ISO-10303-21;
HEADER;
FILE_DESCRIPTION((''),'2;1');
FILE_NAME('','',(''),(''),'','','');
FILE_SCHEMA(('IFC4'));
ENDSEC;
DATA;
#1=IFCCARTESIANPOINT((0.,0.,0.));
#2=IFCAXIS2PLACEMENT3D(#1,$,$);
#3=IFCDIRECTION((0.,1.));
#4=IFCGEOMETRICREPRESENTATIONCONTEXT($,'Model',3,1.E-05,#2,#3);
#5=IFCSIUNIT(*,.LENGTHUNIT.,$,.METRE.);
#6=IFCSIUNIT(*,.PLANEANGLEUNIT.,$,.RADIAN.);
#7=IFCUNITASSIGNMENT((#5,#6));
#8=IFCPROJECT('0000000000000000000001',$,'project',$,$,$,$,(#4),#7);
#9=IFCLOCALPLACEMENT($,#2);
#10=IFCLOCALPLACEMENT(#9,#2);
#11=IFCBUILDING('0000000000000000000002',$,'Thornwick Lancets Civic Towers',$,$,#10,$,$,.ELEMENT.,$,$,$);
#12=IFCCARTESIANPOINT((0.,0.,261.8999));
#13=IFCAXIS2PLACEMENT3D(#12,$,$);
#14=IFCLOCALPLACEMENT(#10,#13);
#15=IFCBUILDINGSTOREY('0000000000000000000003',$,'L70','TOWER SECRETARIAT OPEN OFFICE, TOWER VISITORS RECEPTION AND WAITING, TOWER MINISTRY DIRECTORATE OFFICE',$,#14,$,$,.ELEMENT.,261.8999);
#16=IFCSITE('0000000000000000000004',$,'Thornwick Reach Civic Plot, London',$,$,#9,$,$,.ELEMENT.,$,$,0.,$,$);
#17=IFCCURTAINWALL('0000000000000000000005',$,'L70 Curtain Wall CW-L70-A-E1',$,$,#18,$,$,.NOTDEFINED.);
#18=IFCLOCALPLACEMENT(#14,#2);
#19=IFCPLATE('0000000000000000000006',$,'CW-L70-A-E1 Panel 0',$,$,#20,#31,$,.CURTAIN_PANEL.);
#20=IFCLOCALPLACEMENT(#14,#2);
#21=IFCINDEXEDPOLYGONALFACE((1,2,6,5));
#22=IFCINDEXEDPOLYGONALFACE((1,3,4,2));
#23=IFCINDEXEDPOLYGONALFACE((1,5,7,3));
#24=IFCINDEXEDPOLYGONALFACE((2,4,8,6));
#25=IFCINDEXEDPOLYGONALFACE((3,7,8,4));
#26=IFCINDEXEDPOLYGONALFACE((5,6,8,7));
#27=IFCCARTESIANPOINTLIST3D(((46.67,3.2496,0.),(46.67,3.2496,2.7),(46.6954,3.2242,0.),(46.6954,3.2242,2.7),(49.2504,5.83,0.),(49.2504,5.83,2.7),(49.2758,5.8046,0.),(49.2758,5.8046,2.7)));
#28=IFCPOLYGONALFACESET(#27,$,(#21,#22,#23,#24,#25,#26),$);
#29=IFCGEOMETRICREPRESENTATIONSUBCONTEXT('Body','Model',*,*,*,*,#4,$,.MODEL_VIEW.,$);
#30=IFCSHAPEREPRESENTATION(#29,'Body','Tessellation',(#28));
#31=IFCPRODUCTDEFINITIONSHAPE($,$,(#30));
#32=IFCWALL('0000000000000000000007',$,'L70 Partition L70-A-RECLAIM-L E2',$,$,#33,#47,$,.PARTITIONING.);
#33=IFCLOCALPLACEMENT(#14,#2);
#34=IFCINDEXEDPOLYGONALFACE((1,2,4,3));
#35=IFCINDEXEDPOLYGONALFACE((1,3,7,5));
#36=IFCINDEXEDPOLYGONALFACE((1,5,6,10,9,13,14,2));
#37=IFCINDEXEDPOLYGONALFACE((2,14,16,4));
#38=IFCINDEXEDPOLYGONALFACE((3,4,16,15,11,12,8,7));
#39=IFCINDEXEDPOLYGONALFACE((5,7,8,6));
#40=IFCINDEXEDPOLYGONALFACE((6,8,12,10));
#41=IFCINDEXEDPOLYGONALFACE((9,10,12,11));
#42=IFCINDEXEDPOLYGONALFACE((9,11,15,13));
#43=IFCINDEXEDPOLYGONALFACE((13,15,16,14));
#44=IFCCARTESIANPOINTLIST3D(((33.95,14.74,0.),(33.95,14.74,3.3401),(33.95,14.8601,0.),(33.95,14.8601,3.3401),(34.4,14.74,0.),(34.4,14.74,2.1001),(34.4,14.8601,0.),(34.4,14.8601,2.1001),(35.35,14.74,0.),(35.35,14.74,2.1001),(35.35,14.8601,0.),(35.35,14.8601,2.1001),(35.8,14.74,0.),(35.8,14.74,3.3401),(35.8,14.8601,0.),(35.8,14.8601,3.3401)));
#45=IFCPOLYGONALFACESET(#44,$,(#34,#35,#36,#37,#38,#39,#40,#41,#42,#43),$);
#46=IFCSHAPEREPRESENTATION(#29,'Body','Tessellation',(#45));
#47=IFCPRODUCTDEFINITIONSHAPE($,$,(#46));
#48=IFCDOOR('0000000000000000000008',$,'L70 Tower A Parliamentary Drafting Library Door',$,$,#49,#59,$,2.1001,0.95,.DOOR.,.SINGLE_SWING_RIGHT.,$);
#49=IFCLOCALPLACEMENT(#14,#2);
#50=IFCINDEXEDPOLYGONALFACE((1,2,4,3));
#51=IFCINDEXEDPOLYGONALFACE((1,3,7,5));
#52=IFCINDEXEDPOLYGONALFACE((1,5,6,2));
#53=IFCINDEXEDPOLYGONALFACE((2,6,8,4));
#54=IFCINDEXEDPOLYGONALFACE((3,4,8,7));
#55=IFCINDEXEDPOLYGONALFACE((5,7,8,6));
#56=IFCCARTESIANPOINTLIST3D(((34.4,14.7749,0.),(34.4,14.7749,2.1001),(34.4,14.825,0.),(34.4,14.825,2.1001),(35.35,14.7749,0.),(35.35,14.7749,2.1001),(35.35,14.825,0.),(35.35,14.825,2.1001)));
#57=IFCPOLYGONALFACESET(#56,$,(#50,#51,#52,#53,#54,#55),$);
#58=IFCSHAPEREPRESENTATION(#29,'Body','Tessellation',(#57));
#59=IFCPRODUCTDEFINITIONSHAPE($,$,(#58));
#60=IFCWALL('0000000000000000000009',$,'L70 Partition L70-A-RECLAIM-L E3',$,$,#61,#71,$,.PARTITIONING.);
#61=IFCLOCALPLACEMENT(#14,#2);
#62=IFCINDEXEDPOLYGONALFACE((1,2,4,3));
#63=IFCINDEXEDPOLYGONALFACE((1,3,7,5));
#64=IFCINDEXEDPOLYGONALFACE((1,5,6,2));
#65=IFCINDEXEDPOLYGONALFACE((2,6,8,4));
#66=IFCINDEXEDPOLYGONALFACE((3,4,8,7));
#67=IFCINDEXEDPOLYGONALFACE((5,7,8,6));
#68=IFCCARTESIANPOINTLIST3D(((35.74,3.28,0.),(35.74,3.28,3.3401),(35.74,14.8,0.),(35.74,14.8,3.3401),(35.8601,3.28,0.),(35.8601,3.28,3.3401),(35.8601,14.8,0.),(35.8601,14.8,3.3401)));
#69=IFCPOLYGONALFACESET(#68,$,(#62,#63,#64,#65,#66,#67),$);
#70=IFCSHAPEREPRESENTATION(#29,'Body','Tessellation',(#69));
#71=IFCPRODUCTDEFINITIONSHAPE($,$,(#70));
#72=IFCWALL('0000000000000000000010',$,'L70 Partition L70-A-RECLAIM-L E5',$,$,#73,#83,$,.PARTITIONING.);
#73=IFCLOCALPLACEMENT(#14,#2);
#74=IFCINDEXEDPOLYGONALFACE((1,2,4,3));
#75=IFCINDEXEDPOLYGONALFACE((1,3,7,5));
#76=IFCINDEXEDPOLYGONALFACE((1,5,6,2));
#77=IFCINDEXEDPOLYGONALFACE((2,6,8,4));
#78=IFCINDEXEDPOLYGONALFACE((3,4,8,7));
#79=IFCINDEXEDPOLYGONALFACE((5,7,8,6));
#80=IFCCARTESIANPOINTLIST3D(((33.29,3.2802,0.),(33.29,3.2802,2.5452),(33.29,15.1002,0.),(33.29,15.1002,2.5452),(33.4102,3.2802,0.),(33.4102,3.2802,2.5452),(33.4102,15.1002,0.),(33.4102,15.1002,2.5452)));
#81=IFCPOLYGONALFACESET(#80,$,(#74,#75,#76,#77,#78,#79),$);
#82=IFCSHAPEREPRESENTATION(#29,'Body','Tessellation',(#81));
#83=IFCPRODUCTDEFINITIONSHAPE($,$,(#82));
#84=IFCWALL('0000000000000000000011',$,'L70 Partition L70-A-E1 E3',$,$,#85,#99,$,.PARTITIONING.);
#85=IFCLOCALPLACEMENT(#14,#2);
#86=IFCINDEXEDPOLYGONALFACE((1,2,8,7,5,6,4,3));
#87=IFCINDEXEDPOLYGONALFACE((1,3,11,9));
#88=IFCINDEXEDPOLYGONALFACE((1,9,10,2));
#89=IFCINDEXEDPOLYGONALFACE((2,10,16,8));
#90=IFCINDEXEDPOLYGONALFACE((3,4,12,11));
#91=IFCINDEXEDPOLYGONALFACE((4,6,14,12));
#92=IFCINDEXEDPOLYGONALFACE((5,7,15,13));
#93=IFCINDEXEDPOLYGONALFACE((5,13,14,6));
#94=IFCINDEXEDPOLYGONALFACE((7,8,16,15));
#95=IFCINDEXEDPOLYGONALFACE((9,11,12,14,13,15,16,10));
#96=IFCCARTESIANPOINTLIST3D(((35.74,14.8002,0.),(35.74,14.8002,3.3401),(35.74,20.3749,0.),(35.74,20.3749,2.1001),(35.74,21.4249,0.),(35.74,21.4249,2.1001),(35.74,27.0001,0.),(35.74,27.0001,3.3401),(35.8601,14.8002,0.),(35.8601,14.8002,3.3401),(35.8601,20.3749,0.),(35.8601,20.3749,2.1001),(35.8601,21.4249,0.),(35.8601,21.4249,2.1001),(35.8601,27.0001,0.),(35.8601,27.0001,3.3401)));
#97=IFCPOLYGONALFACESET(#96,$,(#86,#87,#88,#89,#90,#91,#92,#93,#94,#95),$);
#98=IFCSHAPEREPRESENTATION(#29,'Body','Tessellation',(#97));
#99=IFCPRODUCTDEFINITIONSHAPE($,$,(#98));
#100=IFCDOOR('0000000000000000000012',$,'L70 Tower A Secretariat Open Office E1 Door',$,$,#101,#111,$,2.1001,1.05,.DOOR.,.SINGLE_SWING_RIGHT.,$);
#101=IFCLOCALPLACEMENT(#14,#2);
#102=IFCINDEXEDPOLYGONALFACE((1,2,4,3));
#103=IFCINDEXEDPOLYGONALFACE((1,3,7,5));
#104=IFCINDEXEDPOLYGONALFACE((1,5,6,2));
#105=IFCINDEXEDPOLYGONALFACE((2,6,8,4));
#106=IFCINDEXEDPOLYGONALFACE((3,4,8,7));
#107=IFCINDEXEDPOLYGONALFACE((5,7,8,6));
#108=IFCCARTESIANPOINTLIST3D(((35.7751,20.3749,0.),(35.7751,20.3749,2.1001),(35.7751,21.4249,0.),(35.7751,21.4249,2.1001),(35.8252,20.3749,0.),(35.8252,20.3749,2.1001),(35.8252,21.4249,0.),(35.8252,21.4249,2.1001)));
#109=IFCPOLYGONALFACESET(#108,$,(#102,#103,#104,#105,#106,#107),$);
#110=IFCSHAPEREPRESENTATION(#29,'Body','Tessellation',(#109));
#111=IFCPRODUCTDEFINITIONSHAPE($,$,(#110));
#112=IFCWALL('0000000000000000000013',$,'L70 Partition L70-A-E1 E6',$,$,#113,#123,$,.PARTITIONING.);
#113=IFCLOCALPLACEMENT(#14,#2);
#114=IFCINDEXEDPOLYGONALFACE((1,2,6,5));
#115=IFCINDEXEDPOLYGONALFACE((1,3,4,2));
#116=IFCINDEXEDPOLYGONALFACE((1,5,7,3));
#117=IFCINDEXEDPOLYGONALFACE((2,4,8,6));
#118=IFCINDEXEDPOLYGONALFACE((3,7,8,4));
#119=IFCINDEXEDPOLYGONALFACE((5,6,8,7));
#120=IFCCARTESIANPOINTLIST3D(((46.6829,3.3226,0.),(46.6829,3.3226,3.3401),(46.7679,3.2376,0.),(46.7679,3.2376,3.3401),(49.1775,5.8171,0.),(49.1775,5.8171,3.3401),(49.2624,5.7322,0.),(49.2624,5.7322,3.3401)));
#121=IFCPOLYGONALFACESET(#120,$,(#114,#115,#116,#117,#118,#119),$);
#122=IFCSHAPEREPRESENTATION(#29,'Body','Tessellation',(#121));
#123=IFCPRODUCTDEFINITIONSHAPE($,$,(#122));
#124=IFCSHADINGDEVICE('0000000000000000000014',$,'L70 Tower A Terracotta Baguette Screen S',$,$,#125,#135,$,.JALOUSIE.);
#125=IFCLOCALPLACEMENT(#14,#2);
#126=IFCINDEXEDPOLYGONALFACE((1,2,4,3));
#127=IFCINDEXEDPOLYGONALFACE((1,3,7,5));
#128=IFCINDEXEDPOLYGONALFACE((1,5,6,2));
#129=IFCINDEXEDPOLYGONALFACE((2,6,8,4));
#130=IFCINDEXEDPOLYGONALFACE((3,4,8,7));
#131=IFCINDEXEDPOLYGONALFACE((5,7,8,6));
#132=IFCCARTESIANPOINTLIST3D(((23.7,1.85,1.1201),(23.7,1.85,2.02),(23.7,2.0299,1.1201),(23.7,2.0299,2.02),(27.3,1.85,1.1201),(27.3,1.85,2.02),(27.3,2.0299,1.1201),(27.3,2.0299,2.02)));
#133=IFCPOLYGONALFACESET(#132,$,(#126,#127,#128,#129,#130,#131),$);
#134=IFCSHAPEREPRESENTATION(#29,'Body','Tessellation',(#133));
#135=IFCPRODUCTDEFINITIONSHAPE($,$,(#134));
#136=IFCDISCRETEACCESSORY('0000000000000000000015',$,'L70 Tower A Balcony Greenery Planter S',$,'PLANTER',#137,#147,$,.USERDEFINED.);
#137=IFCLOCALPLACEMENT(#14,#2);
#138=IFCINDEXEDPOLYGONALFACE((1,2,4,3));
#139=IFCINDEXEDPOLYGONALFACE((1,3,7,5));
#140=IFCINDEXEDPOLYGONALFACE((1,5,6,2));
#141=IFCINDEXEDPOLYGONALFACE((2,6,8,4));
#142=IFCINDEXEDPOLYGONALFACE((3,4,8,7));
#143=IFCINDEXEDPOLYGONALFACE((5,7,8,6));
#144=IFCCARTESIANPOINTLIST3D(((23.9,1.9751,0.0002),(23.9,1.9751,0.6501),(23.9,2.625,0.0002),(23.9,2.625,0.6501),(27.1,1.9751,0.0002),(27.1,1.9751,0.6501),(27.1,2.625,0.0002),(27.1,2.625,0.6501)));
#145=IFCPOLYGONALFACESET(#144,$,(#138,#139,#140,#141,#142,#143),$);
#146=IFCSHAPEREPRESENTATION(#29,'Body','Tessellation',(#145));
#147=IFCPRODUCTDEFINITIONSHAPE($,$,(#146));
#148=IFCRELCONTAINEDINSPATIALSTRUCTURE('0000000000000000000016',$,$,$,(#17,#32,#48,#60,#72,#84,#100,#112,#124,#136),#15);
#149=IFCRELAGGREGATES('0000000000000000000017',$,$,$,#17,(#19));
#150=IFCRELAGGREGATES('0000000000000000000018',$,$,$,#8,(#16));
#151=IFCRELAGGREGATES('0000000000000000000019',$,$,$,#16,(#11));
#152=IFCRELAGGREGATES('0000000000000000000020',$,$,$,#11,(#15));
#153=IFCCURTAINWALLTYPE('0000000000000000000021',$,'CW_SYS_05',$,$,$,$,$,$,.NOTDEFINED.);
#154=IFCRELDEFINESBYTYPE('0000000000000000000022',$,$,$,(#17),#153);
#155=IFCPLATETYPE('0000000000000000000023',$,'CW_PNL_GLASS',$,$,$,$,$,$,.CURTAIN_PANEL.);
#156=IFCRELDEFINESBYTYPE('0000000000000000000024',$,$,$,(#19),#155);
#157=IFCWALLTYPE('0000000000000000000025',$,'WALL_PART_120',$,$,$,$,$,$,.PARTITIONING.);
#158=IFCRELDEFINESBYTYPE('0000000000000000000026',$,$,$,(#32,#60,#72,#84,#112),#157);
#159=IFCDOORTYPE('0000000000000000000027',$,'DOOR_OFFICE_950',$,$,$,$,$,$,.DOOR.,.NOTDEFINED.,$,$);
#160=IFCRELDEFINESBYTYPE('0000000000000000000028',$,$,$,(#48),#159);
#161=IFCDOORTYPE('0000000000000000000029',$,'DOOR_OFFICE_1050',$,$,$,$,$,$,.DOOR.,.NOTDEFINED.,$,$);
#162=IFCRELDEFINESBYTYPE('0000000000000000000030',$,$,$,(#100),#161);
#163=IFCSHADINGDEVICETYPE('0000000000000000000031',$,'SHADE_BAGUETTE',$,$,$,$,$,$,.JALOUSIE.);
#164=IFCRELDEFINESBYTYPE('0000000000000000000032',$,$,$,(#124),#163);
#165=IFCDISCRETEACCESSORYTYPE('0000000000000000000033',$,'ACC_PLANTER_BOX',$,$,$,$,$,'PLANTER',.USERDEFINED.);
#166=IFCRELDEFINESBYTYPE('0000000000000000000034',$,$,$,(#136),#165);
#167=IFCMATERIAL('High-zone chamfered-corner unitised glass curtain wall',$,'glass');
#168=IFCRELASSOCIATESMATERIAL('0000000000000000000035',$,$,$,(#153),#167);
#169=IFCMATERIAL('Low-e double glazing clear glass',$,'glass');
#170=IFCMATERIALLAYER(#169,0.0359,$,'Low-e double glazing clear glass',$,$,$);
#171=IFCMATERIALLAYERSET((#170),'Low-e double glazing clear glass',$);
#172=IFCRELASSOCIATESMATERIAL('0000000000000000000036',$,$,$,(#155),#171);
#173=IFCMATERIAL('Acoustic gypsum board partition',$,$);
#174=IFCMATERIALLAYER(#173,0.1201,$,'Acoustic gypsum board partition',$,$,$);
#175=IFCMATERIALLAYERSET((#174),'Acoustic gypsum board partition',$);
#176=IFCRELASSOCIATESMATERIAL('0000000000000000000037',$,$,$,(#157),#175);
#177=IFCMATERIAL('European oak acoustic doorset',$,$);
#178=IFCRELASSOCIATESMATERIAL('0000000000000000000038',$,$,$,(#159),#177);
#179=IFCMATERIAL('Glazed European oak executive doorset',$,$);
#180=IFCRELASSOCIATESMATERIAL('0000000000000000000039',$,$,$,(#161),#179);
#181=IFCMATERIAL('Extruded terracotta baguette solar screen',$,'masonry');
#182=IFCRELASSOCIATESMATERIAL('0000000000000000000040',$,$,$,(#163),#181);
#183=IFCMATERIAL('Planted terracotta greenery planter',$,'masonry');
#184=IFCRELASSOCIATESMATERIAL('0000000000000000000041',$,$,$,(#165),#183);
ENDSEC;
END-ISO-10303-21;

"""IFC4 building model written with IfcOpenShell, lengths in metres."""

from ifc_helpers import new_model, si_unit, direction, frame, frame_2d, origin, origin_2d, place, context, subcontext, project, spatial, rectangle, extrude, material, layer, layer_set, type_object, element, fill, aggregate, save


model = new_model("IFC4")

# Units and contexts
model_context = context("Model", 3, precision=1e-05, world=origin(), true_north=direction((0.0, 1.0)))
body_context = subcontext(model_context, "Body", "Model", "MODEL_VIEW")
ifc_project = project(units=[si_unit("LENGTHUNIT", "METRE"), si_unit("PLANEANGLEUNIT", "RADIAN")], contexts=[model_context])

# Site, building, storey
site_placement = place(None, origin())
site = spatial("IfcSite", under=ifc_project, at=site_placement, Name="Thornwick Reach Civic Plot, London", CompositionType="ELEMENT", RefElevation=0.0)
building_placement = place(site_placement, origin())
building = spatial("IfcBuilding", under=site, at=building_placement, Name="Thornwick Lancets Civic Towers", CompositionType="ELEMENT")
storey_placement = place(building_placement, frame((0.0, 0.0, 261.8999)))
storey = spatial("IfcBuildingStorey", under=building, at=storey_placement, Name="L70", Description="TOWER SECRETARIAT OPEN OFFICE, TOWER VISITORS RECEPTION AND WAITING, TOWER MINISTRY DIRECTORATE OFFICE", CompositionType="ELEMENT", Elevation=261.8999)

# Curtain wall, plate
ifc_material_1 = material(Name="High-zone chamfered-corner unitised glass curtain wall", Category="glass")
curtain_wall_type = type_object("IfcCurtainWallType", Name="CW_SYS_05", PredefinedType="NOTDEFINED", material=ifc_material_1)
curtain_wall_placement = place(storey_placement, origin())
curtain_wall = element("IfcCurtainWall", 1, at=curtain_wall_placement, inside=storey, type_object=curtain_wall_type, Name="L70 Curtain Wall CW-L70-A-E1", PredefinedType="NOTDEFINED")
ifc_material_2 = material(Name="Low-e double glazing clear glass", Category="glass")
ifc_layer_1 = layer(ifc_material_2, 0.0359, Name="Low-e double glazing clear glass")
ifc_layer_set_1 = layer_set([ifc_layer_1], Name="Low-e double glazing clear glass")
plate_type = type_object("IfcPlateType", Name="CW_PNL_GLASS", PredefinedType="CURTAIN_PANEL", material=ifc_layer_set_1)
plate_placement = place(storey_placement, frame((47.9729, 4.5271, 0.0), z_axis=(0.0, 0.0, 1.0), x_axis=(0.707107, 0.707107, 0.0)))
plate = element("IfcPlate", 2, at=plate_placement, type_object=plate_type, Name="CW-L70-A-E1 Panel 0", PredefinedType="CURTAIN_PANEL", context=body_context, shape_type="SweptSolid", body=[
    extrude(rectangle(XDim=3.6492, YDim=0.0359, at=origin_2d()), origin(), (0.0, 0.0, 1.0), 2.7),
])
aggregate(curtain_wall, [plate])

# Wall, opening, door
ifc_material_3 = material(Name="Acoustic gypsum board partition")
ifc_layer_2 = layer(ifc_material_3, 0.1201, Name="Acoustic gypsum board partition")
ifc_layer_set_2 = layer_set([ifc_layer_2], Name="Acoustic gypsum board partition")
wall_type = type_object("IfcWallType", Name="WALL_PART_120", PredefinedType="PARTITIONING", material=ifc_layer_set_2)
wall_1_placement = place(storey_placement, frame((33.95, 14.8, 0.0), z_axis=(0.0, 0.0, 1.0), x_axis=(1.0, 0.0, 0.0)))
wall_1 = element("IfcWall", 3, at=wall_1_placement, inside=storey, type_object=wall_type, Name="L70 Partition L70-A-RECLAIM-L E2", PredefinedType="PARTITIONING", context=body_context, shape_type="SweptSolid", body=[
    extrude(rectangle(XDim=1.8501, YDim=0.1201, at=frame_2d((0.925, 0.0))), origin(), (0.0, 0.0, 1.0), 3.3401),
])
opening_1_placement = place(wall_1_placement, frame((0.45, 0.0, 0.0)))
opening_1 = element("IfcOpeningElement", 4, at=opening_1_placement, cuts=wall_1, PredefinedType="OPENING", context=body_context, shape_type="SweptSolid", body=[
    extrude(rectangle(XDim=0.95, YDim=2.1001, at=frame_2d((0.4751, 1.05))), frame((0.0, 0.0701, 0.0), z_axis=(0.0, -1.0, 0.0), x_axis=(1.0, 0.0, 0.0)), (0.0, 0.0, 1.0), 0.1401),
])
ifc_material_4 = material(Name="European oak acoustic doorset")
door_type_1 = type_object("IfcDoorType", Name="DOOR_OFFICE_950", OperationType="NOTDEFINED", PredefinedType="DOOR", material=ifc_material_4)
door_1_placement = place(opening_1_placement, origin())
door_1 = element("IfcDoor", 5, at=door_1_placement, inside=storey, type_object=door_type_1, Name="L70 Tower A Parliamentary Drafting Library Door", OperationType="SINGLE_SWING_RIGHT", OverallHeight=2.1001, OverallWidth=0.95, PredefinedType="DOOR", context=body_context, shape_type="SweptSolid", body=[
    extrude(rectangle(XDim=0.95, YDim=2.1001, at=frame_2d((0.4751, 1.05))), frame((0.0, 0.0249, 0.0), z_axis=(0.0, -1.0, 0.0), x_axis=(1.0, 0.0, 0.0)), (0.0, 0.0, 1.0), 0.05),
])
fill(opening_1, door_1)

# Walls
wall_2_placement = place(storey_placement, frame((35.8, 14.8, 0.0), z_axis=(0.0, 0.0, 1.0), x_axis=(0.0, -1.0, 0.0)))
element("IfcWall", 6, at=wall_2_placement, inside=storey, type_object=wall_type, Name="L70 Partition L70-A-RECLAIM-L E3", PredefinedType="PARTITIONING", context=body_context, shape_type="SweptSolid", body=[
    extrude(rectangle(XDim=11.52, YDim=0.1201, at=frame_2d((5.76, 0.0))), origin(), (0.0, 0.0, 1.0), 3.3401),
])
wall_3_placement = place(storey_placement, frame((33.3501, 3.28, 0.0), z_axis=(0.0, 0.0, 1.0), x_axis=(0.0, 1.0, 0.0)))
element("IfcWall", 7, at=wall_3_placement, inside=storey, type_object=wall_type, Name="L70 Partition L70-A-RECLAIM-L E5", PredefinedType="PARTITIONING", context=body_context, shape_type="SweptSolid", body=[
    extrude(rectangle(XDim=11.8201, YDim=0.1201, at=frame_2d((5.9102, 0.0))), origin(), (0.0, 0.0, 1.0), 2.5452),
])

# Wall, opening, door
wall_4_placement = place(storey_placement, frame((35.8, 14.8, 0.0), z_axis=(0.0, 0.0, 1.0), x_axis=(0.0, 1.0, 0.0)))
wall_4 = element("IfcWall", 8, at=wall_4_placement, inside=storey, type_object=wall_type, Name="L70 Partition L70-A-E1 E3", PredefinedType="PARTITIONING", context=body_context, shape_type="SweptSolid", body=[
    extrude(rectangle(XDim=12.2, YDim=0.1201, at=frame_2d((6.1001, 0.0))), origin(), (0.0, 0.0, 1.0), 3.3401),
])
opening_2_placement = place(wall_4_placement, frame((5.575, 0.0, 0.0)))
opening_2 = element("IfcOpeningElement", 9, at=opening_2_placement, cuts=wall_4, PredefinedType="OPENING", context=body_context, shape_type="SweptSolid", body=[
    extrude(rectangle(XDim=1.05, YDim=2.1001, at=frame_2d((0.5249, 1.05))), frame((0.0, 0.0701, 0.0), z_axis=(0.0, -1.0, 0.0), x_axis=(1.0, 0.0, 0.0)), (0.0, 0.0, 1.0), 0.1401),
])
ifc_material_5 = material(Name="Glazed European oak executive doorset")
door_type_2 = type_object("IfcDoorType", Name="DOOR_OFFICE_1050", OperationType="NOTDEFINED", PredefinedType="DOOR", material=ifc_material_5)
door_2_placement = place(opening_2_placement, origin())
door_2 = element("IfcDoor", 10, at=door_2_placement, inside=storey, type_object=door_type_2, Name="L70 Tower A Secretariat Open Office E1 Door", OperationType="SINGLE_SWING_RIGHT", OverallHeight=2.1001, OverallWidth=1.05, PredefinedType="DOOR", context=body_context, shape_type="SweptSolid", body=[
    extrude(rectangle(XDim=1.05, YDim=2.1001, at=frame_2d((0.5249, 1.05))), frame((0.0, 0.0249, 0.0), z_axis=(0.0, -1.0, 0.0), x_axis=(1.0, 0.0, 0.0)), (0.0, 0.0, 1.0), 0.05),
])
fill(opening_2, door_2)

# Wall
wall_5_placement = place(storey_placement, frame((49.22, 5.7747, 0.0), z_axis=(0.0, 0.0, 1.0), x_axis=(-0.707107, -0.707107, 0.0)))
element("IfcWall", 11, at=wall_5_placement, inside=storey, type_object=wall_type, Name="L70 Partition L70-A-E1 E6", PredefinedType="PARTITIONING", context=body_context, shape_type="SweptSolid", body=[
    extrude(rectangle(XDim=3.5278, YDim=0.1201, at=frame_2d((1.7639, 0.0))), origin(), (0.0, 0.0, 1.0), 3.3401),
])

# Shading device
ifc_material_6 = material(Name="Extruded terracotta baguette solar screen", Category="masonry")
shading_device_type = type_object("IfcShadingDeviceType", Name="SHADE_BAGUETTE", PredefinedType="JALOUSIE", material=ifc_material_6)
shading_device_placement = place(storey_placement, frame((25.5, 1.9399, 1.1201), z_axis=(0.0, 0.0, 1.0), x_axis=(1.0, 0.0, 0.0)))
element("IfcShadingDevice", 12, at=shading_device_placement, inside=storey, type_object=shading_device_type, Name="L70 Tower A Terracotta Baguette Screen S", PredefinedType="JALOUSIE", context=body_context, shape_type="SweptSolid", body=[
    extrude(rectangle(XDim=3.6001, YDim=0.1799, at=origin_2d()), origin(), (0.0, 0.0, 1.0), 0.8999),
])

# Discrete accessory
ifc_material_7 = material(Name="Planted terracotta greenery planter", Category="masonry")
discrete_accessory_type = type_object("IfcDiscreteAccessoryType", Name="ACC_PLANTER_BOX", ElementType="PLANTER", PredefinedType="USERDEFINED", material=ifc_material_7)
discrete_accessory_placement = place(storey_placement, frame((25.5, 2.3, 0.0002), z_axis=(0.0, 0.0, 1.0), x_axis=(1.0, 0.0, 0.0)))
element("IfcDiscreteAccessory", 13, at=discrete_accessory_placement, inside=storey, type_object=discrete_accessory_type, Name="L70 Tower A Balcony Greenery Planter S", ObjectType="PLANTER", PredefinedType="USERDEFINED", context=body_context, shape_type="SweptSolid", body=[
    extrude(rectangle(XDim=3.2, YDim=0.6499, at=origin_2d()), origin(), (0.0, 0.0, 1.0), 0.6499),
])

save(model, "model.ifc")
